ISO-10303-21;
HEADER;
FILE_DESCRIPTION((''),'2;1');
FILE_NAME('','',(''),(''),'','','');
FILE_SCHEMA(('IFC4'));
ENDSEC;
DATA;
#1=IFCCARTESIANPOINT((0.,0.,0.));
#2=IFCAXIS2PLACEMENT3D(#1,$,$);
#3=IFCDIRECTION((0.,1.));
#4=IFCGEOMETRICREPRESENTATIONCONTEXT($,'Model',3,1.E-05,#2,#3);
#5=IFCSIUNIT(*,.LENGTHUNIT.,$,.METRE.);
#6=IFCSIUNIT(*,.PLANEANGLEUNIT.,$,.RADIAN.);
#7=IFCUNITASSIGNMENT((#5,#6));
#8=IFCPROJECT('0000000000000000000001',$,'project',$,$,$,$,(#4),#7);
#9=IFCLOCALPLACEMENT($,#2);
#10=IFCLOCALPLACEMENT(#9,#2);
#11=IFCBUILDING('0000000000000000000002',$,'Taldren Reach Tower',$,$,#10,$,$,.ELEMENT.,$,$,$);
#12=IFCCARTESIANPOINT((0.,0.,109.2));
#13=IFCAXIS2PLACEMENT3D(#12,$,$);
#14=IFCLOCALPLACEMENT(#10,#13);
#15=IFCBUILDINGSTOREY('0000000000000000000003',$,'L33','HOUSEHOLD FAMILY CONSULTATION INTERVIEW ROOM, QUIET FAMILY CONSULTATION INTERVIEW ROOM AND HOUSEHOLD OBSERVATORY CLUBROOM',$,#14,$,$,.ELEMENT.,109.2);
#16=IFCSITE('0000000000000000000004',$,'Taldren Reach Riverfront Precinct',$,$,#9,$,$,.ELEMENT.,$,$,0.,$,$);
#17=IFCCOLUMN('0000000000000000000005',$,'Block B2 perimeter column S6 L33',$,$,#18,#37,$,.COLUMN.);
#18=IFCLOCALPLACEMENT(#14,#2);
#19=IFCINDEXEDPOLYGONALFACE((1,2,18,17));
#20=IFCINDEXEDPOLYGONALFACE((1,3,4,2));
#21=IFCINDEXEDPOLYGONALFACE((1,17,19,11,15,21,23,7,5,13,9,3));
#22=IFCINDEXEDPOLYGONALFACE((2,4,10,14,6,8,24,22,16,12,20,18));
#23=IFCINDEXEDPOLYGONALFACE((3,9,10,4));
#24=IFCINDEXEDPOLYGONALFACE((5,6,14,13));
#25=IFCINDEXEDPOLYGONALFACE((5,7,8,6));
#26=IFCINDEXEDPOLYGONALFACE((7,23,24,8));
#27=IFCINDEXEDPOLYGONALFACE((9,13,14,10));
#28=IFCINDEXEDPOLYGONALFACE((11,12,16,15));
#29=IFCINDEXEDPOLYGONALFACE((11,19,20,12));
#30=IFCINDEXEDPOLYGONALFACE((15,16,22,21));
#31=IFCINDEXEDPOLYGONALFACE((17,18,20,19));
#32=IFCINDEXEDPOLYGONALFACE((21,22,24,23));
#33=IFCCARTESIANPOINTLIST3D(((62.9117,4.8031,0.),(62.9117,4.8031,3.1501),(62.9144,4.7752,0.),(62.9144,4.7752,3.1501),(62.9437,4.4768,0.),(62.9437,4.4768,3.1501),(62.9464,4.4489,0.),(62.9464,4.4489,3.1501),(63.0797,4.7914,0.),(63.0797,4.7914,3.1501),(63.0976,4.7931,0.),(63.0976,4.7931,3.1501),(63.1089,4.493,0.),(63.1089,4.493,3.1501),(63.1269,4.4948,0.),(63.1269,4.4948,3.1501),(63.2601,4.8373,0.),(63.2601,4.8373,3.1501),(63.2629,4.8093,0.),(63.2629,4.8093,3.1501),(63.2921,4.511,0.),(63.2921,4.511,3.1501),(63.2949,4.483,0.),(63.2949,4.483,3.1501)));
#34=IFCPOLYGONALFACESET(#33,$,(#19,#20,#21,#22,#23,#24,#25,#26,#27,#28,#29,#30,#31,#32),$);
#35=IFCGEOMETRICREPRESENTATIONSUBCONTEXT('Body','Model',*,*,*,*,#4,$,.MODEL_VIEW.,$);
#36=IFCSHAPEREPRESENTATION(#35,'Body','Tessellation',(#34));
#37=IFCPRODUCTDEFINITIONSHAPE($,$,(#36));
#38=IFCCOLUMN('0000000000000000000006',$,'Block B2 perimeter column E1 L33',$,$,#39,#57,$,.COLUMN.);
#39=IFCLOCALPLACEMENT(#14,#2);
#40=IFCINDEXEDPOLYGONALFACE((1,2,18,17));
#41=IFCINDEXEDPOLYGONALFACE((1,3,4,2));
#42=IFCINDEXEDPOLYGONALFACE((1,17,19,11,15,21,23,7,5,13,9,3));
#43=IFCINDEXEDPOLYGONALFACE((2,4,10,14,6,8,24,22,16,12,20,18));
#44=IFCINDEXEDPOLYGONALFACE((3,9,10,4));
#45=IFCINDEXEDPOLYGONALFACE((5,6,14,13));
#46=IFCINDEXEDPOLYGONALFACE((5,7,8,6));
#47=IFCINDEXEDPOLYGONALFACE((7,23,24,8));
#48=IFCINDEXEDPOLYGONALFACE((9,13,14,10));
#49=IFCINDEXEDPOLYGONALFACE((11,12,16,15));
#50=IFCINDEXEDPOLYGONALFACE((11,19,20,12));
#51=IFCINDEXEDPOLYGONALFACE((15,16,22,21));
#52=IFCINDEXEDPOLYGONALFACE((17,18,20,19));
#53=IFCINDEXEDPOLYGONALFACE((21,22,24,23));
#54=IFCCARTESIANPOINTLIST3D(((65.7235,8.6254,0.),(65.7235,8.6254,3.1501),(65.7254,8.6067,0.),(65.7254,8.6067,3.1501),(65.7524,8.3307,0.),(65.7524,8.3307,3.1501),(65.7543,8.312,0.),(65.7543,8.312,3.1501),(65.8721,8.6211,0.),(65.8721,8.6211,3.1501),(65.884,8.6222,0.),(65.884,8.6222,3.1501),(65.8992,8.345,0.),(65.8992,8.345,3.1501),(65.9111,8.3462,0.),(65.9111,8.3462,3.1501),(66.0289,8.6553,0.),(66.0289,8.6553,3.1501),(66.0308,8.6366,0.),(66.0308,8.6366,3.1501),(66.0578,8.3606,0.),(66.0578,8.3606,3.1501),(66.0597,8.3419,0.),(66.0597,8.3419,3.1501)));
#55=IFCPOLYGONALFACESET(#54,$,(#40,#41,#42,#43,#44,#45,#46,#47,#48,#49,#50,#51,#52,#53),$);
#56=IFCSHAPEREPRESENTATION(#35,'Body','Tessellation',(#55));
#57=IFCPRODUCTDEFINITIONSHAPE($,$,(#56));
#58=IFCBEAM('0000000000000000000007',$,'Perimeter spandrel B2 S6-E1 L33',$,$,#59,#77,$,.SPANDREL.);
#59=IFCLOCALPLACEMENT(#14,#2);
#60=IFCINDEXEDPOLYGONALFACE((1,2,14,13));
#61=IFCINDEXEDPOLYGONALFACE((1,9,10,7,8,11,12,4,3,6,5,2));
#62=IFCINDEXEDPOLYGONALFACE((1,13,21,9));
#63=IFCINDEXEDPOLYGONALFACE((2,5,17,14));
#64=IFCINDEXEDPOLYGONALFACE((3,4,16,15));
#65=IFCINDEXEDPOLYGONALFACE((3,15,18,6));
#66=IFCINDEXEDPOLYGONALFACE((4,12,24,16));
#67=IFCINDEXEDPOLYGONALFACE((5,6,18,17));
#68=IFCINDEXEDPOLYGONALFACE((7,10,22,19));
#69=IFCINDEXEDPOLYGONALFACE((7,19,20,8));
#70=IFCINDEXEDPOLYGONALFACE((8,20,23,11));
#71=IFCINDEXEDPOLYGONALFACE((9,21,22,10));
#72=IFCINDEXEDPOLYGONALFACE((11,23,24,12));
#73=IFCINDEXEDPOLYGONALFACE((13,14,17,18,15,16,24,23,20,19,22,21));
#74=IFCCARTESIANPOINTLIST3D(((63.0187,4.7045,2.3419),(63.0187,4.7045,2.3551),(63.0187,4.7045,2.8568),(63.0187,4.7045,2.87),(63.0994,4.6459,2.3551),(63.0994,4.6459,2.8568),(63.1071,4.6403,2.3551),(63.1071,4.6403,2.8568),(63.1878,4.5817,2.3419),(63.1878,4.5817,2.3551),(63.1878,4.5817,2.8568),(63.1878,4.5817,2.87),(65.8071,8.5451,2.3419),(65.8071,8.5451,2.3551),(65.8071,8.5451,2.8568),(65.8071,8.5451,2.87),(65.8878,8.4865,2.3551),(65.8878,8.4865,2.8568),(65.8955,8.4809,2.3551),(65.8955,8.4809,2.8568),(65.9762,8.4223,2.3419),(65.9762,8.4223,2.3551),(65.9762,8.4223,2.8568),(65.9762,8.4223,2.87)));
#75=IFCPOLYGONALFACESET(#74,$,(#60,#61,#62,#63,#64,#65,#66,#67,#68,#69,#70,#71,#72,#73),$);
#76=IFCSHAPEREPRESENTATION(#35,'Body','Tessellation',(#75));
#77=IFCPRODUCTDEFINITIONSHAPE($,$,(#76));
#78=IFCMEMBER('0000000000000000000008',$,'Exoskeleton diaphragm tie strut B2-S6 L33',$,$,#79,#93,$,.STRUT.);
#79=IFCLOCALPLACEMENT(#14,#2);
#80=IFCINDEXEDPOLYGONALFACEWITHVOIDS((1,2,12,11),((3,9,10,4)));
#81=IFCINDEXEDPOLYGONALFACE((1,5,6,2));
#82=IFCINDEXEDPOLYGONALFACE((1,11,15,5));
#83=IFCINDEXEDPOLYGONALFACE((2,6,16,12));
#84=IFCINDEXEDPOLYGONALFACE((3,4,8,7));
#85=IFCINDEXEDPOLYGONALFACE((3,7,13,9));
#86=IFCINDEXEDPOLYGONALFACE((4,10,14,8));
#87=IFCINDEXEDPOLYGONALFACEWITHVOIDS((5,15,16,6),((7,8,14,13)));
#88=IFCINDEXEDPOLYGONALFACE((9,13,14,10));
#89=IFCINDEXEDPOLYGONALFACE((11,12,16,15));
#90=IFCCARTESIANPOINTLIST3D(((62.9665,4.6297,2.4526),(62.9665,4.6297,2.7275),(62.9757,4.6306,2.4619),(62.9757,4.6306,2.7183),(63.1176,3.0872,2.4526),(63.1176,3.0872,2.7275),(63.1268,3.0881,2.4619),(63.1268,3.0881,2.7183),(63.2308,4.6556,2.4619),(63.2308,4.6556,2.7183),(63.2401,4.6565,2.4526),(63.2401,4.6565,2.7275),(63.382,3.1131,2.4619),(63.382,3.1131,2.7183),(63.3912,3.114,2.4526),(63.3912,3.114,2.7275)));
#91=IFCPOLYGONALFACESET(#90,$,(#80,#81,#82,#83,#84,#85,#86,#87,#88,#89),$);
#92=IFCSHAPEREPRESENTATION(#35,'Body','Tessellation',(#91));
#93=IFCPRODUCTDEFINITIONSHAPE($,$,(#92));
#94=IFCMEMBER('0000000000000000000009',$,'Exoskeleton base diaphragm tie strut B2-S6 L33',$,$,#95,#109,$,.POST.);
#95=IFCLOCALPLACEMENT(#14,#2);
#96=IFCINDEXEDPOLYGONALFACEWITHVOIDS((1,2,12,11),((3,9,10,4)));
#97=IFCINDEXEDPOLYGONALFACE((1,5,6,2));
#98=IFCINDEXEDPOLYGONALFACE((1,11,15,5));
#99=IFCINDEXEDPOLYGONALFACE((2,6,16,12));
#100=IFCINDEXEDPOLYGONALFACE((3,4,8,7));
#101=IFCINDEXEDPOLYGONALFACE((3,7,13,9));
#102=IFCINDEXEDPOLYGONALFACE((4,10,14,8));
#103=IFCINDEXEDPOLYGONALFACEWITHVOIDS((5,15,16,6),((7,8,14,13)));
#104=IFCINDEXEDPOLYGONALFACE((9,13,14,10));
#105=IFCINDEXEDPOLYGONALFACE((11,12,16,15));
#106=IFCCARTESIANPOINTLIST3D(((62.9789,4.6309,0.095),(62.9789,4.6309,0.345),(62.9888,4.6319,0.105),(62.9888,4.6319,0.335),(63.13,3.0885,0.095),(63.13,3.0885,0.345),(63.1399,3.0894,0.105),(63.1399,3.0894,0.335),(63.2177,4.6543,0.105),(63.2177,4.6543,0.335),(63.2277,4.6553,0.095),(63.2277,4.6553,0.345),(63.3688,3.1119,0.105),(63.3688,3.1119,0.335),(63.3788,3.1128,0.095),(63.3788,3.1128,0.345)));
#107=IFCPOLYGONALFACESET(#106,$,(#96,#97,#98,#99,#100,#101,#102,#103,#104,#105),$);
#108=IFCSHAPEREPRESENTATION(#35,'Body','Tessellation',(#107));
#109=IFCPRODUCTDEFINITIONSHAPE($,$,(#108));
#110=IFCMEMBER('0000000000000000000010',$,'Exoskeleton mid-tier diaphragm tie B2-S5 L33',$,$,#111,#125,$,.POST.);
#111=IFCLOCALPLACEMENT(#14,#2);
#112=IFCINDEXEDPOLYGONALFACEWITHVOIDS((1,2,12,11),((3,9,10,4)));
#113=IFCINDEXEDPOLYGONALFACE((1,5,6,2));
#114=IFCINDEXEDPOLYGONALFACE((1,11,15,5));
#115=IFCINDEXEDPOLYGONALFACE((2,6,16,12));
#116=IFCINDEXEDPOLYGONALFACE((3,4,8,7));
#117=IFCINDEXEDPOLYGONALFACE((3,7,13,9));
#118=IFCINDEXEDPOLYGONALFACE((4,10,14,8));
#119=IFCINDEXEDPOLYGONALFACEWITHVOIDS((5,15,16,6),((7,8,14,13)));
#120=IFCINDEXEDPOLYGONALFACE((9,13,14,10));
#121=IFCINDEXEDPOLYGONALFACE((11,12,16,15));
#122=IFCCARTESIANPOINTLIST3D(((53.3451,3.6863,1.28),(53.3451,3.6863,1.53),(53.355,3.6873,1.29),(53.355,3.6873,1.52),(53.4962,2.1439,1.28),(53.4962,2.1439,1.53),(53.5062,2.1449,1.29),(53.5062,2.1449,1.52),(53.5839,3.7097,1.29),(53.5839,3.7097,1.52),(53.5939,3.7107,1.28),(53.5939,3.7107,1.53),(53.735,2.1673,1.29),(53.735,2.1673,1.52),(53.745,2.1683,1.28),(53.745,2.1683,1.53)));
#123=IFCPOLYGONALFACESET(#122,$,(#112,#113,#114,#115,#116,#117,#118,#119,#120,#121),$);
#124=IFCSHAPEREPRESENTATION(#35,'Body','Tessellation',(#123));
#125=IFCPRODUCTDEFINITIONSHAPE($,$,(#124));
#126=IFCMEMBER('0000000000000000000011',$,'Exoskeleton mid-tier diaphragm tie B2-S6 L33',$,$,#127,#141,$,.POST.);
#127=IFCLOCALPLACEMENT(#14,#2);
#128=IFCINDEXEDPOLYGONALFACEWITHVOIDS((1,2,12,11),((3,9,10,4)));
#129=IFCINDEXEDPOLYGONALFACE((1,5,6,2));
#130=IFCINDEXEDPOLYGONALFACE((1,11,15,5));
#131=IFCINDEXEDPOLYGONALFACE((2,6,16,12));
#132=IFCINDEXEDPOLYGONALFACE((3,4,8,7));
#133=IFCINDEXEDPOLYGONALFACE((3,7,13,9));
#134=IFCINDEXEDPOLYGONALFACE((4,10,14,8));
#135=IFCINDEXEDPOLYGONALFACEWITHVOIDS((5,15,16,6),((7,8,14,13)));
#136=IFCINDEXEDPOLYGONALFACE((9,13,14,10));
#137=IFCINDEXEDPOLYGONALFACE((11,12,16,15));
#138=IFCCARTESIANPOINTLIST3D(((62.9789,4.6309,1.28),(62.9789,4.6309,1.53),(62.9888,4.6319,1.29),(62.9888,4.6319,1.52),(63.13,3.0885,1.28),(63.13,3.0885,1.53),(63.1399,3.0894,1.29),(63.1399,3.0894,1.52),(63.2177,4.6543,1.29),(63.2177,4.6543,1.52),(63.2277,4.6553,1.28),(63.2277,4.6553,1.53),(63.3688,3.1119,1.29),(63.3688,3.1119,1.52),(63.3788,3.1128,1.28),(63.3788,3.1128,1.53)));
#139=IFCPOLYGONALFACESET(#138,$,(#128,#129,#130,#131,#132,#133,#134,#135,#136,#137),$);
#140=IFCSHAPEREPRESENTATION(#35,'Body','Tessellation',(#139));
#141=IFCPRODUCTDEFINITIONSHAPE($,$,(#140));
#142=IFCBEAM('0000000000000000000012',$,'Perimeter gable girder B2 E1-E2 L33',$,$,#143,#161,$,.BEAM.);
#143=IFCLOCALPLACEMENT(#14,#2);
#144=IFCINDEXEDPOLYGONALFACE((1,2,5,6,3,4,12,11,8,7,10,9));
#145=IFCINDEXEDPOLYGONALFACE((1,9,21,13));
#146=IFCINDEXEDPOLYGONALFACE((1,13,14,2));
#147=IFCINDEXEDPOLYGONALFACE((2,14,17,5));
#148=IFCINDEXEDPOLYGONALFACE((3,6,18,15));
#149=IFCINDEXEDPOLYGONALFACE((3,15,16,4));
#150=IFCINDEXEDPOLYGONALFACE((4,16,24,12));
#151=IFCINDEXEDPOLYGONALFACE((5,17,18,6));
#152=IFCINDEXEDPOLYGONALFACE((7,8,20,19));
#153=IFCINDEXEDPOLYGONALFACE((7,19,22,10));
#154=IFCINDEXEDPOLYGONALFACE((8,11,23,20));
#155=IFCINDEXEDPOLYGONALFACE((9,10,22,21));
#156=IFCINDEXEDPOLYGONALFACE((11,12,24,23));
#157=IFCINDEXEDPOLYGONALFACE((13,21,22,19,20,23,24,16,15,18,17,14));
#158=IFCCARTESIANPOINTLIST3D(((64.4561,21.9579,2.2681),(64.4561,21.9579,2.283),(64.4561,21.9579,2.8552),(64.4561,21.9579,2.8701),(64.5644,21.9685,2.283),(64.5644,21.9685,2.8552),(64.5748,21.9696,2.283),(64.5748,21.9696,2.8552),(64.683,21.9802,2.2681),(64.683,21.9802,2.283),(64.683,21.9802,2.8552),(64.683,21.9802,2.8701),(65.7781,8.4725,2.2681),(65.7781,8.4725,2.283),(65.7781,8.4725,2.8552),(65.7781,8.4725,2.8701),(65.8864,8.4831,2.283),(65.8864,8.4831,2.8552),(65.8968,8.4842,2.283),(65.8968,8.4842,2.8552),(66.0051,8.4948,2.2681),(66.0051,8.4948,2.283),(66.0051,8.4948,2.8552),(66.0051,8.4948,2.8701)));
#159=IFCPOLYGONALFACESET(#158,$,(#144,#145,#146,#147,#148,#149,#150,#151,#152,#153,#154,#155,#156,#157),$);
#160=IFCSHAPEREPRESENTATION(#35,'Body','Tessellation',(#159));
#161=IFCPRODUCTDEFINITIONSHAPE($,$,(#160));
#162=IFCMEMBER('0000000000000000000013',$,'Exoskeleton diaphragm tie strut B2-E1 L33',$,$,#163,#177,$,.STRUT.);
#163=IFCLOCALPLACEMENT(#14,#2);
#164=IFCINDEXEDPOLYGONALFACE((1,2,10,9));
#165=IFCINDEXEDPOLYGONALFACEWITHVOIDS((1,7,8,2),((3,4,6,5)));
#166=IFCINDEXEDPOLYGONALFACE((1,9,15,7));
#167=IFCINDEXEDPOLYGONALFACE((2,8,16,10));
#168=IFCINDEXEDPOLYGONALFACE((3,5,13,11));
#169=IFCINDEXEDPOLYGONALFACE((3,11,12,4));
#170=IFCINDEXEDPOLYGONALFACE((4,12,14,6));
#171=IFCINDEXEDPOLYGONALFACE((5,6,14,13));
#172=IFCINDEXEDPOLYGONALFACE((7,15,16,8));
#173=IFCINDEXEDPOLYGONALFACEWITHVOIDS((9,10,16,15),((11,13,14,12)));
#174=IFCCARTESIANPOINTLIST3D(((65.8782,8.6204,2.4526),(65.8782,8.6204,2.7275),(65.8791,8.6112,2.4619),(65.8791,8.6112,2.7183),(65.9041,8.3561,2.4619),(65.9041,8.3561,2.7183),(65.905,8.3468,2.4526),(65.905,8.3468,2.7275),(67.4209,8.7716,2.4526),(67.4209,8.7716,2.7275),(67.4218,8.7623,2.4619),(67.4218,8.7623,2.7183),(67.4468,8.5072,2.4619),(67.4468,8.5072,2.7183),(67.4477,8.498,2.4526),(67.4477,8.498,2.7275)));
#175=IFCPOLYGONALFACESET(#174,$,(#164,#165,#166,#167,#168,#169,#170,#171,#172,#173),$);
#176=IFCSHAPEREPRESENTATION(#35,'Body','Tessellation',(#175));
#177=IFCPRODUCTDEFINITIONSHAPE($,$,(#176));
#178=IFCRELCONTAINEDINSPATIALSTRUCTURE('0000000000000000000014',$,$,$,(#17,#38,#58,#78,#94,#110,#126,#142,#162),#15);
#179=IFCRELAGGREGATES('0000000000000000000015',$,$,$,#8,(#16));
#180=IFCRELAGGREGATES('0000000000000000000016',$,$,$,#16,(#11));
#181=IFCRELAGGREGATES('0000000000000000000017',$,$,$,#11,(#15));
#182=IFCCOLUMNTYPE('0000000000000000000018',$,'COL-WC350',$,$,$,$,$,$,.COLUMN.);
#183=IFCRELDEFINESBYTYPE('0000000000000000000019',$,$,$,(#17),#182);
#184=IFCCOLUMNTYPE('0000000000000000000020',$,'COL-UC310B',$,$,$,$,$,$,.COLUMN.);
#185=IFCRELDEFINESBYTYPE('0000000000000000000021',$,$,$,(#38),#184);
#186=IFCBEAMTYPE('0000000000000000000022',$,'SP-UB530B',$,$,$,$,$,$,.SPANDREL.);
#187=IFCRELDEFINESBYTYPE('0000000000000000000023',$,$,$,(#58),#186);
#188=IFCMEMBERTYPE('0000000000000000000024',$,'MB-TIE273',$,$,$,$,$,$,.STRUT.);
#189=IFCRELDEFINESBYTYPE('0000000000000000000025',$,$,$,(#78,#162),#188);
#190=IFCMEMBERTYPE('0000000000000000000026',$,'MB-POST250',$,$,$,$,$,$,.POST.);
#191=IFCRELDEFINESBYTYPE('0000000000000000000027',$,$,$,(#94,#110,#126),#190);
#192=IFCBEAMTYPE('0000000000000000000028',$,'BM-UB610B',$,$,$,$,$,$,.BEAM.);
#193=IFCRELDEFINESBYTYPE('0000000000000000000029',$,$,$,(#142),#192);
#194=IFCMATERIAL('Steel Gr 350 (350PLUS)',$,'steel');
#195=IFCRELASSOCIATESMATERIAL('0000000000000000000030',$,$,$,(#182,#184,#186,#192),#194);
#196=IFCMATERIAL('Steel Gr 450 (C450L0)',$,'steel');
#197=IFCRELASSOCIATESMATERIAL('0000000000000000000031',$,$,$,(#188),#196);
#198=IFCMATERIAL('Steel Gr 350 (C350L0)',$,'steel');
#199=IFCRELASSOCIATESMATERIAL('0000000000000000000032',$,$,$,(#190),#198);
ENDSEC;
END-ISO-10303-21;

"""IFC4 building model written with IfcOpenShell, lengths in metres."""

from ifc_helpers import new_model, si_unit, direction, frame, origin, origin_2d, place, context, subcontext, project, spatial, hollow_rectangle, i_section, extrude, source, transform, mapped, material, material_profile, profile_set, type_object, element, save


model = new_model("IFC4")

# Units and contexts
model_context = context("Model", 3, precision=1e-05, world=origin(), true_north=direction((0.0, 1.0)))
body_context = subcontext(model_context, "Body", "Model", "MODEL_VIEW")
ifc_project = project(units=[si_unit("LENGTHUNIT", "METRE"), si_unit("PLANEANGLEUNIT", "RADIAN")], contexts=[model_context])

# Site, building, storey
site_placement = place(None, origin())
site = spatial("IfcSite", under=ifc_project, at=site_placement, Name="Taldren Reach Riverfront Precinct", CompositionType="ELEMENT", RefElevation=0.0)
building_placement = place(site_placement, origin())
building = spatial("IfcBuilding", under=site, at=building_placement, Name="Taldren Reach Tower", CompositionType="ELEMENT")
storey_placement = place(building_placement, frame((0.0, 0.0, 109.2)))
storey = spatial("IfcBuildingStorey", under=building, at=storey_placement, Name="L33", Description="HOUSEHOLD FAMILY CONSULTATION INTERVIEW ROOM, QUIET FAMILY CONSULTATION INTERVIEW ROOM AND HOUSEHOLD OBSERVATORY CLUBROOM", CompositionType="ELEMENT", Elevation=109.2)

# Columns
ifc_material_1 = material(Name="Steel Gr 350 (350PLUS)", Category="steel")
ifc_material_profile_1 = material_profile(ifc_material_1, i_section(OverallWidth=0.3501, OverallDepth=0.356, WebThickness=0.0181, FlangeThickness=0.0281, at=origin_2d()), Name="350WC197")
ifc_profile_set_1 = profile_set([ifc_material_profile_1], Name="Steel Gr 350 (350PLUS)")
column_type_1 = type_object("IfcColumnType", Name="COL-WC350", PredefinedType="COLUMN", material=ifc_profile_set_1)
shared_shape_1 = source(origin(), body_context, "Body", "SweptSolid", [
    extrude(i_section(OverallWidth=0.3501, OverallDepth=0.356, WebThickness=0.0181, FlangeThickness=0.0281, at=origin_2d()), origin(), (0.0, 0.0, 1.0), 3.1501),
])
column_1_placement = place(storey_placement, frame((63.1033, 4.6431, 0.0), z_axis=(0.0, 0.0, 1.0), x_axis=(0.995227, 0.097583, 0.0)))
element("IfcColumn", 1, at=column_1_placement, inside=storey, type_object=column_type_1, Name="Block B2 perimeter column S6 L33", PredefinedType="COLUMN", context=body_context, shape_type="MappedRepresentation", body=[
    mapped(shared_shape_1, transform((0.0, 0.0, 0.0), scale=1.0)),
])
ifc_material_profile_2 = material_profile(ifc_material_1, i_section(OverallWidth=0.3069, OverallDepth=0.3149, WebThickness=0.012, FlangeThickness=0.0188, at=origin_2d()), Name="310UC118")
ifc_profile_set_2 = profile_set([ifc_material_profile_2], Name="Steel Gr 350 (350PLUS)")
column_type_2 = type_object("IfcColumnType", Name="COL-UC310B", PredefinedType="COLUMN", material=ifc_profile_set_2)
shared_shape_2 = source(origin(), body_context, "Body", "SweptSolid", [
    extrude(i_section(OverallWidth=0.3069, OverallDepth=0.3149, WebThickness=0.012, FlangeThickness=0.0188, at=origin_2d()), origin(), (0.0, 0.0, 1.0), 3.1501),
])
column_2_placement = place(storey_placement, frame((65.8916, 8.4836, 0.0), z_axis=(0.0, 0.0, 1.0), x_axis=(0.995227, 0.097583, 0.0)))
element("IfcColumn", 2, at=column_2_placement, inside=storey, type_object=column_type_2, Name="Block B2 perimeter column E1 L33", PredefinedType="COLUMN", context=body_context, shape_type="MappedRepresentation", body=[
    mapped(shared_shape_2, transform((0.0, 0.0, 0.0), scale=1.0)),
])

# Beam
ifc_material_profile_3 = material_profile(ifc_material_1, i_section(OverallWidth=0.209, OverallDepth=0.5281, WebThickness=0.0095, FlangeThickness=0.0132, at=origin_2d()), Name="530UB82.0")
ifc_profile_set_3 = profile_set([ifc_material_profile_3], Name="Steel Gr 350 (350PLUS)")
beam_type_1 = type_object("IfcBeamType", Name="SP-UB530B", PredefinedType="SPANDREL", material=ifc_profile_set_3)
shared_shape_3 = source(origin(), body_context, "Body", "SweptSolid", [
    extrude(i_section(OverallWidth=0.209, OverallDepth=0.5281, WebThickness=0.0095, FlangeThickness=0.0132, at=origin_2d()), origin(), (0.0, 0.0, 1.0), 4.7461),
])
beam_1_placement = place(storey_placement, frame((63.1033, 4.6431, 2.606), z_axis=(0.587508, 0.809219, 0.0), x_axis=(-0.809219, 0.587508, 0.0)))
element("IfcBeam", 3, at=beam_1_placement, inside=storey, type_object=beam_type_1, Name="Perimeter spandrel B2 S6-E1 L33", PredefinedType="SPANDREL", context=body_context, shape_type="MappedRepresentation", body=[
    mapped(shared_shape_3, transform((0.0, 0.0, 0.0), scale=1.0)),
])

# Members
ifc_material_2 = material(Name="Steel Gr 450 (C450L0)", Category="steel")
ifc_material_profile_4 = material_profile(ifc_material_2, hollow_rectangle(XDim=0.2749, YDim=0.2749, WallThickness=0.0093, at=origin_2d()), Name="275x275x9.3SHS")
ifc_profile_set_4 = profile_set([ifc_material_profile_4], Name="Steel Gr 450 (C450L0)")
member_type_1 = type_object("IfcMemberType", Name="MB-TIE273", PredefinedType="STRUT", material=ifc_profile_set_4)
shared_shape_4 = source(origin(), body_context, "Body", "SweptSolid", [
    extrude(hollow_rectangle(XDim=0.2749, YDim=0.2749, WallThickness=0.0093, at=origin_2d()), origin(), (0.0, 0.0, 1.0), 1.5498),
])
member_1_placement = place(storey_placement, frame((63.1033, 4.6431, 2.5901), z_axis=(0.097507, -0.995235, 0.0), x_axis=(0.995235, 0.097507, 0.0)))
element("IfcMember", 4, at=member_1_placement, inside=storey, type_object=member_type_1, Name="Exoskeleton diaphragm tie strut B2-S6 L33", PredefinedType="STRUT", context=body_context, shape_type="MappedRepresentation", body=[
    mapped(shared_shape_4, transform((0.0, 0.0, 0.0), scale=1.0)),
])
ifc_material_3 = material(Name="Steel Gr 350 (C350L0)", Category="steel")
ifc_material_profile_5 = material_profile(ifc_material_3, hollow_rectangle(XDim=0.25, YDim=0.25, WallThickness=0.01, at=origin_2d()), Name="250x250x10.0SHS")
ifc_profile_set_5 = profile_set([ifc_material_profile_5], Name="Steel Gr 350 (C350L0)")
member_type_2 = type_object("IfcMemberType", Name="MB-POST250", PredefinedType="POST", material=ifc_profile_set_5)
shared_shape_5 = source(origin(), body_context, "Body", "SweptSolid", [
    extrude(hollow_rectangle(XDim=0.25, YDim=0.25, WallThickness=0.01, at=origin_2d()), origin(), (0.0, 0.0, 1.0), 1.5498),
])
for number, where, z_axis, x_axis, name in (
    (5, (63.1033, 4.6431, 0.22), (0.097507, -0.995235, 0.0), (0.995235, 0.097507, 0.0), "Exoskeleton base diaphragm tie strut B2-S6 L33"),
    (6, (53.4695, 3.6985, 1.405), (0.097507, -0.995235, 0.0), (0.995235, 0.097507, 0.0), "Exoskeleton mid-tier diaphragm tie B2-S5 L33"),
    (7, (63.1033, 4.6431, 1.405), (0.097507, -0.995235, 0.0), (0.995235, 0.097507, 0.0), "Exoskeleton mid-tier diaphragm tie B2-S6 L33"),
):
    element("IfcMember", number, at=place(storey_placement, frame(where, z_axis=z_axis, x_axis=x_axis)), inside=storey, type_object=member_type_2, Name=name, PredefinedType="POST", context=body_context, shape_type="MappedRepresentation", body=[
        mapped(shared_shape_5, transform((0.0, 0.0, 0.0), scale=1.0)),
    ])

# Beam
ifc_material_profile_6 = material_profile(ifc_material_1, i_section(OverallWidth=0.228, OverallDepth=0.6021, WebThickness=0.0105, FlangeThickness=0.0149, at=origin_2d()), Name="610UB101")
ifc_profile_set_6 = profile_set([ifc_material_profile_6], Name="Steel Gr 350 (350PLUS)")
beam_type_2 = type_object("IfcBeamType", Name="BM-UB610B", PredefinedType="BEAM", material=ifc_profile_set_6)
shared_shape_6 = source(origin(), body_context, "Body", "SweptSolid", [
    extrude(i_section(OverallWidth=0.228, OverallDepth=0.6021, WebThickness=0.0105, FlangeThickness=0.0149, at=origin_2d()), origin(), (0.0, 0.0, 1.0), 13.55),
])
beam_2_placement = place(storey_placement, frame((65.8916, 8.4836, 2.5691), z_axis=(-0.097566, 0.995229, 0.0), x_axis=(-0.995229, -0.097566, 0.0)))
element("IfcBeam", 8, at=beam_2_placement, inside=storey, type_object=beam_type_2, Name="Perimeter gable girder B2 E1-E2 L33", PredefinedType="BEAM", context=body_context, shape_type="MappedRepresentation", body=[
    mapped(shared_shape_6, transform((0.0, 0.0, 0.0), scale=1.0)),
])

# Member
shared_shape_7 = source(origin(), body_context, "Body", "SweptSolid", [
    extrude(hollow_rectangle(XDim=0.2749, YDim=0.2749, WallThickness=0.0093, at=origin_2d()), origin(), (0.0, 0.0, 1.0), 1.55),
])
member_2_placement = place(storey_placement, frame((65.8916, 8.4836, 2.5901), z_axis=(0.995236, 0.097492, 0.0), x_axis=(-0.097492, 0.995236, 0.0)))
element("IfcMember", 9, at=member_2_placement, inside=storey, type_object=member_type_1, Name="Exoskeleton diaphragm tie strut B2-E1 L33", PredefinedType="STRUT", context=body_context, shape_type="MappedRepresentation", body=[
    mapped(shared_shape_7, transform((0.0, 0.0, 0.0), scale=1.0)),
])

save(model, "model.ifc")
